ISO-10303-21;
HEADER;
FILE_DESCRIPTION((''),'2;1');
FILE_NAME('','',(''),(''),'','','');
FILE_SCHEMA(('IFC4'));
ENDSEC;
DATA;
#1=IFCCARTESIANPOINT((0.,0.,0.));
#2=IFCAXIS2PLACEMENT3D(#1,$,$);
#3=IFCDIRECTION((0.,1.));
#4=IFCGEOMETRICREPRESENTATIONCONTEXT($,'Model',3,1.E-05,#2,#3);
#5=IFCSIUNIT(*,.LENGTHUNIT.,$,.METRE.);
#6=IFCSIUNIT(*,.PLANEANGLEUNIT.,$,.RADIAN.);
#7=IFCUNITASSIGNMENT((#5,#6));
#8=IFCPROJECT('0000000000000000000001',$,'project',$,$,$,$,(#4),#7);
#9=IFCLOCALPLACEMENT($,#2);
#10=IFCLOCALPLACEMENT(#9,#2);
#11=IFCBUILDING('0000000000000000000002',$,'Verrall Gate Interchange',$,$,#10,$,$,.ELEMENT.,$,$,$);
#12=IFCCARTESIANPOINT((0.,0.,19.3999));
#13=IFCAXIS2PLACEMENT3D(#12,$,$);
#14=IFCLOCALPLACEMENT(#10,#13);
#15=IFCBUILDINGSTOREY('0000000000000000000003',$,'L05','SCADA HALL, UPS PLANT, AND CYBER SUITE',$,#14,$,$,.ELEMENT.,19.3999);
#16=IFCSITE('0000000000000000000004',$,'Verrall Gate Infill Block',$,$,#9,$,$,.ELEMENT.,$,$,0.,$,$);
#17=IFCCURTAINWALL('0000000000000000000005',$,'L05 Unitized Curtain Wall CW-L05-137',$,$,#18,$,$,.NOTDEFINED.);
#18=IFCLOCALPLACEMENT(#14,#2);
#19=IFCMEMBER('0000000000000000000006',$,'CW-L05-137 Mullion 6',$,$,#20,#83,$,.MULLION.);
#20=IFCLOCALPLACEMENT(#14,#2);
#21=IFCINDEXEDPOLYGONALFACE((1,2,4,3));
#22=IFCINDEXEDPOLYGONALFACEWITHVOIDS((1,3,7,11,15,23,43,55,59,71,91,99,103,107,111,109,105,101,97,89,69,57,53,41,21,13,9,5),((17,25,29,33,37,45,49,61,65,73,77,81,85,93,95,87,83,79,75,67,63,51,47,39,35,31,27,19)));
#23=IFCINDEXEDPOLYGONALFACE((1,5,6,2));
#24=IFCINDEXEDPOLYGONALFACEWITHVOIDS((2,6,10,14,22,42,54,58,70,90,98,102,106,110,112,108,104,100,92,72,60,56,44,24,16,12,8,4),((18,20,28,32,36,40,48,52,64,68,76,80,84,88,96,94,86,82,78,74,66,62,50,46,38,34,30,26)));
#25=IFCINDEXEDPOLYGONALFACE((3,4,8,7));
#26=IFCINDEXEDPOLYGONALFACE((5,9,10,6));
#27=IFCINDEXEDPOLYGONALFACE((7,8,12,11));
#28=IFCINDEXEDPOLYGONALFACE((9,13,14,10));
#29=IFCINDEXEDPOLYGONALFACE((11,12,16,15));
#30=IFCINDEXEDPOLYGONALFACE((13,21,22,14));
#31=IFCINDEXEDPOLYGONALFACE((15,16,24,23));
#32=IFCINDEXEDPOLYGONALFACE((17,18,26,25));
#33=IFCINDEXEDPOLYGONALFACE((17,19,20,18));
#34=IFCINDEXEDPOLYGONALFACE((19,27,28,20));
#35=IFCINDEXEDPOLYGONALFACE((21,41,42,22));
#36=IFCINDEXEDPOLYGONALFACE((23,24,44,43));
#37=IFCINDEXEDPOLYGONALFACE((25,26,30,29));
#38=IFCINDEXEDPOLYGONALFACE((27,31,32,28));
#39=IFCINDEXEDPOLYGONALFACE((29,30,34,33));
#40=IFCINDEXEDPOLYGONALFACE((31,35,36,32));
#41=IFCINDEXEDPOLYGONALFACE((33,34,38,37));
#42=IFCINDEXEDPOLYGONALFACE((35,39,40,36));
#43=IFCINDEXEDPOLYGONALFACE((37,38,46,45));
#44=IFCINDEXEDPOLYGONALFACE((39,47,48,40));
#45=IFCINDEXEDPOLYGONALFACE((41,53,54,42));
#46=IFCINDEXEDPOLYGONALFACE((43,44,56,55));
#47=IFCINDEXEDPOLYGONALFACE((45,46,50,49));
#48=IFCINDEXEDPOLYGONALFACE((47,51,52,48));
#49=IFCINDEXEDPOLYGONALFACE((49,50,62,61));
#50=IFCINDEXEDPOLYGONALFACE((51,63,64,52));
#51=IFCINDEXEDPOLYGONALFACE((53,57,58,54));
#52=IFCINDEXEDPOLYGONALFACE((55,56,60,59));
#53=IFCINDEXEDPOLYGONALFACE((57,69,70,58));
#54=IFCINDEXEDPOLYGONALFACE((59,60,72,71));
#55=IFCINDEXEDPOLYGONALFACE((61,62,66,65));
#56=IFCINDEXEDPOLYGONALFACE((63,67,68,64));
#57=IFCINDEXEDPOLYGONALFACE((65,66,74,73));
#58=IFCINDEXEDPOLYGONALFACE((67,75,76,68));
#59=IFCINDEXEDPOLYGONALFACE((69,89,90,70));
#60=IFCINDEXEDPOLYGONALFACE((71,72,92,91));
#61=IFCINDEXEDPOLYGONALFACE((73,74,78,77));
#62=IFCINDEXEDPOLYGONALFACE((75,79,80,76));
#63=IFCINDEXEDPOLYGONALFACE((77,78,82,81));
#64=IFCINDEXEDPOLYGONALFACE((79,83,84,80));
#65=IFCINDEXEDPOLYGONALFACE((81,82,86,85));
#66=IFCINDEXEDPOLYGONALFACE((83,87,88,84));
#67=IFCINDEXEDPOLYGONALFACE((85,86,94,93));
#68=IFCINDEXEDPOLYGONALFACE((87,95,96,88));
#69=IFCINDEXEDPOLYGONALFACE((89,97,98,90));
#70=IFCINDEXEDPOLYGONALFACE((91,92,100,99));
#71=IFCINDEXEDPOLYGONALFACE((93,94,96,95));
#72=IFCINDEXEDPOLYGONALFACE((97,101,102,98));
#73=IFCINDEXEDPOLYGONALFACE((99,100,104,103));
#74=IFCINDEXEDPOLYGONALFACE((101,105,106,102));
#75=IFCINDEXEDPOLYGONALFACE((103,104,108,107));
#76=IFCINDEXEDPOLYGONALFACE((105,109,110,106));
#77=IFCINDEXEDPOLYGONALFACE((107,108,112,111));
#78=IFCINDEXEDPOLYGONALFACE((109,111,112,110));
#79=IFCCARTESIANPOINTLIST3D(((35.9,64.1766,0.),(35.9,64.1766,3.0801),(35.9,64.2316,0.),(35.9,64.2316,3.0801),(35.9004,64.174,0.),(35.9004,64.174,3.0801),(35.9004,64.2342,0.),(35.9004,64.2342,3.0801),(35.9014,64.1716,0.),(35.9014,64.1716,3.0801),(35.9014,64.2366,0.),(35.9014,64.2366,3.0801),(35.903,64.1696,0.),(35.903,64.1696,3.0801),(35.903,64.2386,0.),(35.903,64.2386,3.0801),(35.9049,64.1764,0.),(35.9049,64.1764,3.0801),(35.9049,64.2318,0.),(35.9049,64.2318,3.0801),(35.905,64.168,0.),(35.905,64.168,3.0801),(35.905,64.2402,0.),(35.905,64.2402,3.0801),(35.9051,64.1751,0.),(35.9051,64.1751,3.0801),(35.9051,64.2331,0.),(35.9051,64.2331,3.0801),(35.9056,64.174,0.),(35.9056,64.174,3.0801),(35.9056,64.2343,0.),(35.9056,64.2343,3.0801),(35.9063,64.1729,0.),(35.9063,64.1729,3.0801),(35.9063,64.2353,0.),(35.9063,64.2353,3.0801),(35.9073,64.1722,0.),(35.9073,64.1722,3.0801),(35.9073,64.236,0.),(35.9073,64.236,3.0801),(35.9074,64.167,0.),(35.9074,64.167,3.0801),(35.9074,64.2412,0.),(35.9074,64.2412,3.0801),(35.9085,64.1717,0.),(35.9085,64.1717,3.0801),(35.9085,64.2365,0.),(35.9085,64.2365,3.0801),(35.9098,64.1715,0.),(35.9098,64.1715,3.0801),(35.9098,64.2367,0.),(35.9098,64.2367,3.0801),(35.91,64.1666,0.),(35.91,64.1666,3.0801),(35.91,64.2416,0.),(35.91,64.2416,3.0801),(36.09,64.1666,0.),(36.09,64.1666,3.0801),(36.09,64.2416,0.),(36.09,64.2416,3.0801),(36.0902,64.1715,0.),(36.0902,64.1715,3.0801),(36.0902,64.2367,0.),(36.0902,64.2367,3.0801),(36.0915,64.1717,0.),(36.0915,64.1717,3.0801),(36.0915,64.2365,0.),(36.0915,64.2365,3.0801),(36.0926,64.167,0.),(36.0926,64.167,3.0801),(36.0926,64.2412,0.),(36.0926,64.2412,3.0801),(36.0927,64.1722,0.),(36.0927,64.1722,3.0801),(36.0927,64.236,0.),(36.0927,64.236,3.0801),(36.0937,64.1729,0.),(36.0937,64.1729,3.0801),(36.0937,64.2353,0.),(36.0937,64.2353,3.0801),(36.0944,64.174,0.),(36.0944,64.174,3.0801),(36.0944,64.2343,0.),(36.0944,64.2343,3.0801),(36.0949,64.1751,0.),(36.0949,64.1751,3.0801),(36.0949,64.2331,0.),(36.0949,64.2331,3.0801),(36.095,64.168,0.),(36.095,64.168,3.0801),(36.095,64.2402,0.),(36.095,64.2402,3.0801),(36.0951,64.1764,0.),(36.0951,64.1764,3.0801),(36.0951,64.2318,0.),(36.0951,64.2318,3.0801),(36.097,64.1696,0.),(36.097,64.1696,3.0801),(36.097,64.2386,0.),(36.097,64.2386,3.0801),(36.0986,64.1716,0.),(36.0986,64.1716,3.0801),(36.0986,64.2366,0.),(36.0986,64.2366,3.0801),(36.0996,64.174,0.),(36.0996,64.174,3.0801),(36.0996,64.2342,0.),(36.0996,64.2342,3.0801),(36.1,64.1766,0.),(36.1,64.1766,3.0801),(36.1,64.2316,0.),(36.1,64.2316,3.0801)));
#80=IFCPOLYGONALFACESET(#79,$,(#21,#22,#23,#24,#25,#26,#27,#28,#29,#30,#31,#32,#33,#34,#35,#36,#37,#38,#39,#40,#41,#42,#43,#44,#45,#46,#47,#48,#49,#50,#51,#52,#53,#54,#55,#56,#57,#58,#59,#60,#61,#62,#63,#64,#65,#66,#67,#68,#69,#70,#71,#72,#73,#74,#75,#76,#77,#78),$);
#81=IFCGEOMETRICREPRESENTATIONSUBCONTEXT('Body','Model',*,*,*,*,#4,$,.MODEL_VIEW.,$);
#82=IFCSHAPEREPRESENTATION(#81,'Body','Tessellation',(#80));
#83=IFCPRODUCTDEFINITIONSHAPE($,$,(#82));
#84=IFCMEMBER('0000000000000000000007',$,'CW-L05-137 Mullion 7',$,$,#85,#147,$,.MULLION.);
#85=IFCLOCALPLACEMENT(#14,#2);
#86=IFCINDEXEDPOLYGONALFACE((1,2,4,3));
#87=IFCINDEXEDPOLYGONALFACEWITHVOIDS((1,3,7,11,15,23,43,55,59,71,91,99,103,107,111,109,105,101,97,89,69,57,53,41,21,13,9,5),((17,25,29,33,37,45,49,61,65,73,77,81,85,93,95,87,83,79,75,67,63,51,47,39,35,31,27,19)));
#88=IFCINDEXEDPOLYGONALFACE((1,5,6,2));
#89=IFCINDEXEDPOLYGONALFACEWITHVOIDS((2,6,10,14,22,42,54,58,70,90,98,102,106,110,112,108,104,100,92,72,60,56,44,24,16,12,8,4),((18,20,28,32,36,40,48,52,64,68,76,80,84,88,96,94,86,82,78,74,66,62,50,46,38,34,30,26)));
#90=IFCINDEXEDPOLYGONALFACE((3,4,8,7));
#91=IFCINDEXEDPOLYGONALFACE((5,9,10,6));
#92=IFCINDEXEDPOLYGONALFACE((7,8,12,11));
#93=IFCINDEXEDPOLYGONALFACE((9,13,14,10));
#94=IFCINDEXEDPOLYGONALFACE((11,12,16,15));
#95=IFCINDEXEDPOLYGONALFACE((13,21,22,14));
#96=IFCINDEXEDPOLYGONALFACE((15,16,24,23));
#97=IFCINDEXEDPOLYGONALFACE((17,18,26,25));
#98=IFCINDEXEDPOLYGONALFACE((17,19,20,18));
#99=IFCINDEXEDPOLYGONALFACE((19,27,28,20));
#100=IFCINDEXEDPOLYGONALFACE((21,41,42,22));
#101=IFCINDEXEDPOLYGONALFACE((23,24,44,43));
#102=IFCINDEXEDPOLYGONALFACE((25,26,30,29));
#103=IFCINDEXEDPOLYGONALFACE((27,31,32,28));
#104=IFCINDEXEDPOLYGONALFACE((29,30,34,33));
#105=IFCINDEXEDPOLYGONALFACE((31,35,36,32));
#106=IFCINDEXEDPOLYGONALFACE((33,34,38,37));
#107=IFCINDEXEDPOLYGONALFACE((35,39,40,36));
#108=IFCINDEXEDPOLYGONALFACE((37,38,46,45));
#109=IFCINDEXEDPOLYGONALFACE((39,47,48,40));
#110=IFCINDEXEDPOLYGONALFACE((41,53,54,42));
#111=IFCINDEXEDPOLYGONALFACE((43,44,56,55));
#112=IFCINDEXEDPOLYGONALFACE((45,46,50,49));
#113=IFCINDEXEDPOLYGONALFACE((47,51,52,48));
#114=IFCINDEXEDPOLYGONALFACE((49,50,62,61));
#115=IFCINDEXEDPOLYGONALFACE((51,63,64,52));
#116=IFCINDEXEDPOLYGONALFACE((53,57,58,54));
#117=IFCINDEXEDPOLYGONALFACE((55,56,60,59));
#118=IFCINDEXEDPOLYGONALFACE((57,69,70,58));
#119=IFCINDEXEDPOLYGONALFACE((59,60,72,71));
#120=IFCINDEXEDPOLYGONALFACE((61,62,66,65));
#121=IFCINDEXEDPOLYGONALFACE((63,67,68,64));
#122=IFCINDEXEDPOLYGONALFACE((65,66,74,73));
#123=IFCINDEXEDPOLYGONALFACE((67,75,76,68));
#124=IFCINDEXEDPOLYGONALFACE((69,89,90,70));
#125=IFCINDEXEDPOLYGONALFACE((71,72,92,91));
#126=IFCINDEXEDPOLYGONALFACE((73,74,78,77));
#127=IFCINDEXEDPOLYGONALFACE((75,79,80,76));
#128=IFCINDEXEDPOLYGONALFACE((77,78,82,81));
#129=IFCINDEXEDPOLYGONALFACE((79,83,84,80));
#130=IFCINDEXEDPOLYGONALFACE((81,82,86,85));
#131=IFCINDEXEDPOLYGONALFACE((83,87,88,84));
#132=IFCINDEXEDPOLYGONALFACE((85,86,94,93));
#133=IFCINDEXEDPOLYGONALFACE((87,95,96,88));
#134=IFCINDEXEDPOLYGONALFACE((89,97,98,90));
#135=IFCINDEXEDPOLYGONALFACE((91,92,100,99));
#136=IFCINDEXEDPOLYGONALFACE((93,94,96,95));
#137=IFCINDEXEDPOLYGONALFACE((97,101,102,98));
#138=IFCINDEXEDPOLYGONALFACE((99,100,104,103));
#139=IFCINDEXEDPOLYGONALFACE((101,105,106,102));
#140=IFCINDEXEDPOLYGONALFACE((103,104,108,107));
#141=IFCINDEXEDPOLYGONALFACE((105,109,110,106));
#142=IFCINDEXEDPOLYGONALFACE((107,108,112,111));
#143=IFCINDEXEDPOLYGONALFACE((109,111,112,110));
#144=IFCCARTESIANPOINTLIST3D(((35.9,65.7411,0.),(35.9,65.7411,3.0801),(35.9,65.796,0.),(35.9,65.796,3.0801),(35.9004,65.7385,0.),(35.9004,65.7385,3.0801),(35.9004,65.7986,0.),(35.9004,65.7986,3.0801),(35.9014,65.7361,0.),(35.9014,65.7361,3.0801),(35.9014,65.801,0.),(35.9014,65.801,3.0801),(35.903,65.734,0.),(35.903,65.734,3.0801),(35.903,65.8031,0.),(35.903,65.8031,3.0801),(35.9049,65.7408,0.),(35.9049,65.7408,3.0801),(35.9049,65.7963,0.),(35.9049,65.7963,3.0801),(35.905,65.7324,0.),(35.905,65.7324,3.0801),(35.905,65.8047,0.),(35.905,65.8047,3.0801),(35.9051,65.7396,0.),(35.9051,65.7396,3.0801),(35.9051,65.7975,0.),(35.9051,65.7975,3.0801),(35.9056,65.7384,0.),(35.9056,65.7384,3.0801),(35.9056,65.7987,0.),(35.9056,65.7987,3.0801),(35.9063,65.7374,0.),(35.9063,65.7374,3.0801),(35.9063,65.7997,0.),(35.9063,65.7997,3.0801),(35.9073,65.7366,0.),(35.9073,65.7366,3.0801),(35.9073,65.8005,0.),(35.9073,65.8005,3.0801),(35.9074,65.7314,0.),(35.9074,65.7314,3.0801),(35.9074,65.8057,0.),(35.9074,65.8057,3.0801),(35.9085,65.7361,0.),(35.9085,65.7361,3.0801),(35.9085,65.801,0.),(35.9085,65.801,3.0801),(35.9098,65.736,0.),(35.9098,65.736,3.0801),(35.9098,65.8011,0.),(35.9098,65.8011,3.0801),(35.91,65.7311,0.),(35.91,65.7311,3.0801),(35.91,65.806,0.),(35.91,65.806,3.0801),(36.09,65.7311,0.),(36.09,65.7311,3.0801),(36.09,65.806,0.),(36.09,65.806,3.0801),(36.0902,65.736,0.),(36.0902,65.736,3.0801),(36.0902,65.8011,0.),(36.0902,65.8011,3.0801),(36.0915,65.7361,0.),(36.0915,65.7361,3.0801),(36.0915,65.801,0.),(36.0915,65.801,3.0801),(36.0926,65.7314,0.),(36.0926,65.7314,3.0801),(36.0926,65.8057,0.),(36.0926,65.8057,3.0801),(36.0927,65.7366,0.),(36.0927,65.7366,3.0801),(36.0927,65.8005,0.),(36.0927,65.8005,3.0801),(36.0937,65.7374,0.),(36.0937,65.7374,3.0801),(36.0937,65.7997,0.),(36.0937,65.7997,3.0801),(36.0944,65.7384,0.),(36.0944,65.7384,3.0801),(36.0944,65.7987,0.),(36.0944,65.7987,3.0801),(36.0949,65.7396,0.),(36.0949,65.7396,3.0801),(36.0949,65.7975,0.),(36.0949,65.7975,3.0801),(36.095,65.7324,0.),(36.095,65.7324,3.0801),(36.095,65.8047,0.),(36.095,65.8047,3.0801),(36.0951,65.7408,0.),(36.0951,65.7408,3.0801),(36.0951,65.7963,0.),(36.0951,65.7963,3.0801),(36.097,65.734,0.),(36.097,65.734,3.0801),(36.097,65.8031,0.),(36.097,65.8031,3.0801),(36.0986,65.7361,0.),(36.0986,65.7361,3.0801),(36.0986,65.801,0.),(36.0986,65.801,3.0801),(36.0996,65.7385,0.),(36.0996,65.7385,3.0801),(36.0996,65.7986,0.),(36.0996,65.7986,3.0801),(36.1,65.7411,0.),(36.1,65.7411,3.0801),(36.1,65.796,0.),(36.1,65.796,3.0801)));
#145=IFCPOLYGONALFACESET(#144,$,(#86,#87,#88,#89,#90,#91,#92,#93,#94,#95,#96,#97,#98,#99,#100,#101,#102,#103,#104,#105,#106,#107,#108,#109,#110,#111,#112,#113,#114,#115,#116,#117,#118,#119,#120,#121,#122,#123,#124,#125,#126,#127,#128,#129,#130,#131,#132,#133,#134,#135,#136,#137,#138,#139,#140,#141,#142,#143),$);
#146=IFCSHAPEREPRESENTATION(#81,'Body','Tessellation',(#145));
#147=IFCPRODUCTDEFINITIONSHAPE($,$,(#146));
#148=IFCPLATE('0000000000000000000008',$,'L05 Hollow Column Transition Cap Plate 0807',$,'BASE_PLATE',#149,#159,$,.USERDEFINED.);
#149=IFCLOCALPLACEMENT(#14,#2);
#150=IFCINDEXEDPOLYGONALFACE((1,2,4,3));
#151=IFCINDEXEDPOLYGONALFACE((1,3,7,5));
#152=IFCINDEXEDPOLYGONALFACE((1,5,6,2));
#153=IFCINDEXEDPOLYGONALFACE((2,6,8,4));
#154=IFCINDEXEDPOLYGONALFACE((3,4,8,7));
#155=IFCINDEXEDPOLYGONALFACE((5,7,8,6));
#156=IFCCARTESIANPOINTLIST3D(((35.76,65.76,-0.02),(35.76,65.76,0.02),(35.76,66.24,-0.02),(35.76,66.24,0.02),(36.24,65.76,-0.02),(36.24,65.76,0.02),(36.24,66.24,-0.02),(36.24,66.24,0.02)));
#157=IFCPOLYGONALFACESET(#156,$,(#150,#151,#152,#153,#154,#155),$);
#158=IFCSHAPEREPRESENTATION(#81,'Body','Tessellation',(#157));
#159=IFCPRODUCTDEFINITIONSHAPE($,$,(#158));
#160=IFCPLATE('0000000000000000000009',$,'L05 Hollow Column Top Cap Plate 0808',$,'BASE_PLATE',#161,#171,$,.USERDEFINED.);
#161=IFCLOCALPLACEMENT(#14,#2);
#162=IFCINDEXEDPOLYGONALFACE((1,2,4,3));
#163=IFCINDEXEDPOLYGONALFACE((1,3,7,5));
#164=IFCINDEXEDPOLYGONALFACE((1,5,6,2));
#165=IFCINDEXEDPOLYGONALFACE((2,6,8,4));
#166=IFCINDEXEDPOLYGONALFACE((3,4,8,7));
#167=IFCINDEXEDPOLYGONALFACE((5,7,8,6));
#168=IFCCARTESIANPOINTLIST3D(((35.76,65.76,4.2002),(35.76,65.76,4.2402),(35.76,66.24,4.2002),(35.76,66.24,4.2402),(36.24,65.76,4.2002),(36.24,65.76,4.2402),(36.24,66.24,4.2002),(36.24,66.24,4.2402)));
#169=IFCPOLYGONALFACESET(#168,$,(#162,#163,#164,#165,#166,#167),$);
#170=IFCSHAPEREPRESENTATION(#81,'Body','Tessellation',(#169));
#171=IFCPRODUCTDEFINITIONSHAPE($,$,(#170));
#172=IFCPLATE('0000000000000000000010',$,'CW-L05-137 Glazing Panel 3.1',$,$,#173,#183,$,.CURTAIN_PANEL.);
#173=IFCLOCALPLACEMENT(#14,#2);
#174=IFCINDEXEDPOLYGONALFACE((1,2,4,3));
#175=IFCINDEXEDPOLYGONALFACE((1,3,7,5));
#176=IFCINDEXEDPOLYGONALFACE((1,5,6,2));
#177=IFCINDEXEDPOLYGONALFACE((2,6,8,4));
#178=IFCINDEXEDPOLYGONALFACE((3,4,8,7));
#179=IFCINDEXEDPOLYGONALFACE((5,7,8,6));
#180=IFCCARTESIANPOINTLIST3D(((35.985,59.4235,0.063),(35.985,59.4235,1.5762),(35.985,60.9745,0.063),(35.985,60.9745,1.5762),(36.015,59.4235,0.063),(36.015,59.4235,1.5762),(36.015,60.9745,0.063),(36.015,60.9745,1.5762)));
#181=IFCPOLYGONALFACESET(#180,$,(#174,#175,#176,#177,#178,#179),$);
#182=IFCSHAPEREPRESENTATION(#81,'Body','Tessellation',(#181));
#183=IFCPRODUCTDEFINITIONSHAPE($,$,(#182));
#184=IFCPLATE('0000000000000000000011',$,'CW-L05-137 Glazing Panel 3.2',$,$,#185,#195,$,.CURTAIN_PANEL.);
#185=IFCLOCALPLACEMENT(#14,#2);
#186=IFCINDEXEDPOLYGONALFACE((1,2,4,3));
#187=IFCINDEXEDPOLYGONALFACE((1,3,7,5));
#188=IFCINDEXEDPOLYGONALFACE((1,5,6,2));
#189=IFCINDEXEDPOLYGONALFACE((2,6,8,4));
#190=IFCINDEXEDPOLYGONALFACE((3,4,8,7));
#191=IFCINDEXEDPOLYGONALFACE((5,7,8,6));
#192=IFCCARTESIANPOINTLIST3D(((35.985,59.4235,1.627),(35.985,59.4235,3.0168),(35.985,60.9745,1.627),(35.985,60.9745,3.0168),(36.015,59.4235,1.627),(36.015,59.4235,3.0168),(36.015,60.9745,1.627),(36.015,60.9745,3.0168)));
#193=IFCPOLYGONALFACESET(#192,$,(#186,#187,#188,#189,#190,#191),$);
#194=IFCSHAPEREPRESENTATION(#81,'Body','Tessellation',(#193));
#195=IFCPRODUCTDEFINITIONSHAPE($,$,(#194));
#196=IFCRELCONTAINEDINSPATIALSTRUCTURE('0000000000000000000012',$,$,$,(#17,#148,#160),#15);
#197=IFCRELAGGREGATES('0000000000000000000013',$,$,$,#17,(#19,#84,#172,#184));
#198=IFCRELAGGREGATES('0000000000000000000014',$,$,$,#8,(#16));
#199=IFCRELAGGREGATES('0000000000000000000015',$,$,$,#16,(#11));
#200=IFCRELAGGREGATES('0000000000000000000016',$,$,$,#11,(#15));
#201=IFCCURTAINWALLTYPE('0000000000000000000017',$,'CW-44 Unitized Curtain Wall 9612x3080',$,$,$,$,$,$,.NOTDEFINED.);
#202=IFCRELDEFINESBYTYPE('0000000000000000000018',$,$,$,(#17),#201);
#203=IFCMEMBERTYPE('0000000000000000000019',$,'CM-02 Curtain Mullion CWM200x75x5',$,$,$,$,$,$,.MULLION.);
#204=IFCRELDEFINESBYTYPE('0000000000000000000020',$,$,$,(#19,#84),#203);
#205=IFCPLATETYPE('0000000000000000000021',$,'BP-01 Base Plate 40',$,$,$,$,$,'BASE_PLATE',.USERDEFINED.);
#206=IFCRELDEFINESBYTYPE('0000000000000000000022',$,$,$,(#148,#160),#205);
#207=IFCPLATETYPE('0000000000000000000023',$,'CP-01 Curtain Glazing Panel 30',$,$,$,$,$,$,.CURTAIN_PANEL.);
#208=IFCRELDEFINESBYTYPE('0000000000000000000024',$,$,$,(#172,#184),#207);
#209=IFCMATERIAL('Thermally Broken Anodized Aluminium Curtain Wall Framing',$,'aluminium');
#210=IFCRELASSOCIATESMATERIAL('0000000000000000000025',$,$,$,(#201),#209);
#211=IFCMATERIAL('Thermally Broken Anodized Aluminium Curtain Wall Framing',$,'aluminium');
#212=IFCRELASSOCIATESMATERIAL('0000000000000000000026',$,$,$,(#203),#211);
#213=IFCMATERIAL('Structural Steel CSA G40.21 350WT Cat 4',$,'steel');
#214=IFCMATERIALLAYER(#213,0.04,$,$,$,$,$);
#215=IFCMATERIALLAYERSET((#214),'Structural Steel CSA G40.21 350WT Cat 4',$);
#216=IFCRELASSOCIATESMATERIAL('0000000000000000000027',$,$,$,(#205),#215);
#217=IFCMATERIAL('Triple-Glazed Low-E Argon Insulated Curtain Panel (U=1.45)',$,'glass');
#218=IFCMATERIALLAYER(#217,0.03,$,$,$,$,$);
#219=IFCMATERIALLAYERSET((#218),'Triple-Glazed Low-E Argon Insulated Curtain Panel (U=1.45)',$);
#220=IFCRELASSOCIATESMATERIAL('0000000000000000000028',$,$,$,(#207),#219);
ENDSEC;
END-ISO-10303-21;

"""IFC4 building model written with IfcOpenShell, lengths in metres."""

from ifc_helpers import new_model, si_unit, direction, frame, origin, origin_2d, place, context, subcontext, project, spatial, rectangle, hollow_rectangle, extrude, material, layer, layer_set, material_profile, profile_set, type_object, element, aggregate, save


model = new_model("IFC4")

# Units and contexts
model_context = context("Model", 3, precision=1e-05, world=origin(), true_north=direction((0.0, 1.0)))
body_context = subcontext(model_context, "Body", "Model", "MODEL_VIEW")
ifc_project = project(units=[si_unit("LENGTHUNIT", "METRE"), si_unit("PLANEANGLEUNIT", "RADIAN")], contexts=[model_context])

# Site, building, storey
site_placement = place(None, origin())
site = spatial("IfcSite", under=ifc_project, at=site_placement, Name="Verrall Gate Infill Block", CompositionType="ELEMENT", RefElevation=0.0)
building_placement = place(site_placement, origin())
building = spatial("IfcBuilding", under=site, at=building_placement, Name="Verrall Gate Interchange", CompositionType="ELEMENT")
storey_placement = place(building_placement, frame((0.0, 0.0, 19.3999)))
storey = spatial("IfcBuildingStorey", under=building, at=storey_placement, Name="L05", Description="SCADA HALL, UPS PLANT, AND CYBER SUITE", CompositionType="ELEMENT", Elevation=19.3999)

# Curtain wall, members
ifc_material_1 = material(Name="Thermally Broken Anodized Aluminium Curtain Wall Framing", Category="aluminium")
curtain_wall_type = type_object("IfcCurtainWallType", Name="CW-44 Unitized Curtain Wall 9612x3080", PredefinedType="NOTDEFINED", material=ifc_material_1)
curtain_wall_placement = place(storey_placement, origin())
curtain_wall = element("IfcCurtainWall", 1, at=curtain_wall_placement, inside=storey, type_object=curtain_wall_type, Name="L05 Unitized Curtain Wall CW-L05-137", PredefinedType="NOTDEFINED")
ifc_material_2 = material(Name="Thermally Broken Anodized Aluminium Curtain Wall Framing", Category="aluminium")
ifc_material_profile_1 = material_profile(ifc_material_2, hollow_rectangle(XDim=0.075, YDim=0.2, WallThickness=0.0049, InnerFilletRadius=0.0049, OuterFilletRadius=0.01, at=origin_2d()), Name="CWM200x75x5")
ifc_profile_set_1 = profile_set([ifc_material_profile_1], Name="Thermally Broken Anodized Aluminium Curtain Wall Framing")
member_type = type_object("IfcMemberType", Name="CM-02 Curtain Mullion CWM200x75x5", PredefinedType="MULLION", material=ifc_profile_set_1)
member_1_placement = place(storey_placement, frame((36.0, 64.2041, 0.0), z_axis=(0.0, 0.0, 1.0), x_axis=(0.0, 1.0, 0.0)))
member_1 = element("IfcMember", 2, at=member_1_placement, type_object=member_type, Name="CW-L05-137 Mullion 6", PredefinedType="MULLION", context=body_context, shape_type="SweptSolid", body=[
    extrude(hollow_rectangle(XDim=0.075, YDim=0.2, WallThickness=0.0049, InnerFilletRadius=0.0049, OuterFilletRadius=0.01, at=origin_2d()), origin(), (0.0, 0.0, 1.0), 3.0801),
])
member_2_placement = place(storey_placement, frame((36.0, 65.7686, 0.0), z_axis=(0.0, 0.0, 1.0), x_axis=(0.0, 1.0, 0.0)))
member_2 = element("IfcMember", 3, at=member_2_placement, type_object=member_type, Name="CW-L05-137 Mullion 7", PredefinedType="MULLION", context=body_context, shape_type="SweptSolid", body=[
    extrude(hollow_rectangle(XDim=0.075, YDim=0.2, WallThickness=0.0049, InnerFilletRadius=0.0049, OuterFilletRadius=0.01, at=origin_2d()), origin(), (0.0, 0.0, 1.0), 3.0801),
])

# Plates
ifc_material_3 = material(Name="Structural Steel CSA G40.21 350WT Cat 4", Category="steel")
ifc_layer_1 = layer(ifc_material_3, 0.04)
ifc_layer_set_1 = layer_set([ifc_layer_1], Name="Structural Steel CSA G40.21 350WT Cat 4")
plate_type_1 = type_object("IfcPlateType", Name="BP-01 Base Plate 40", ElementType="BASE_PLATE", PredefinedType="USERDEFINED", material=ifc_layer_set_1)
for number, where, z_axis, x_axis, name in (
    (4, (36.0, 66.0, -0.02), (0.0, 0.0, 1.0), (1.0, 0.0, 0.0), "L05 Hollow Column Transition Cap Plate 0807"),
    (5, (36.0, 66.0, 4.2002), (0.0, 0.0, 1.0), (1.0, 0.0, 0.0), "L05 Hollow Column Top Cap Plate 0808"),
):
    element("IfcPlate", number, at=place(storey_placement, frame(where, z_axis=z_axis, x_axis=x_axis)), inside=storey, type_object=plate_type_1, Name=name, ObjectType="BASE_PLATE", PredefinedType="USERDEFINED", context=body_context, shape_type="SweptSolid", body=[
        extrude(rectangle(XDim=0.48, YDim=0.48, at=origin_2d()), origin(), (0.0, 0.0, 1.0), 0.04),
    ])

# Plates
ifc_material_4 = material(Name="Triple-Glazed Low-E Argon Insulated Curtain Panel (U=1.45)", Category="glass")
ifc_layer_2 = layer(ifc_material_4, 0.03)
ifc_layer_set_2 = layer_set([ifc_layer_2], Name="Triple-Glazed Low-E Argon Insulated Curtain Panel (U=1.45)")
plate_type_2 = type_object("IfcPlateType", Name="CP-01 Curtain Glazing Panel 30", PredefinedType="CURTAIN_PANEL", material=ifc_layer_set_2)
plate_1_placement = place(storey_placement, frame((36.0, 60.199, 0.063), z_axis=(0.0, 0.0, 1.0), x_axis=(0.0, 1.0, 0.0)))
plate_1 = element("IfcPlate", 6, at=plate_1_placement, type_object=plate_type_2, Name="CW-L05-137 Glazing Panel 3.1", PredefinedType="CURTAIN_PANEL", context=body_context, shape_type="SweptSolid", body=[
    extrude(rectangle(XDim=1.551, YDim=0.03, at=origin_2d()), origin(), (0.0, 0.0, 1.0), 1.5132),
])
plate_2_placement = place(storey_placement, frame((36.0, 60.199, 1.627), z_axis=(0.0, 0.0, 1.0), x_axis=(0.0, 1.0, 0.0)))
plate_2 = element("IfcPlate", 7, at=plate_2_placement, type_object=plate_type_2, Name="CW-L05-137 Glazing Panel 3.2", PredefinedType="CURTAIN_PANEL", context=body_context, shape_type="SweptSolid", body=[
    extrude(rectangle(XDim=1.551, YDim=0.03, at=origin_2d()), origin(), (0.0, 0.0, 1.0), 1.3899),
])
aggregate(curtain_wall, [member_1, member_2, plate_1, plate_2])

save(model, "model.ifc")
